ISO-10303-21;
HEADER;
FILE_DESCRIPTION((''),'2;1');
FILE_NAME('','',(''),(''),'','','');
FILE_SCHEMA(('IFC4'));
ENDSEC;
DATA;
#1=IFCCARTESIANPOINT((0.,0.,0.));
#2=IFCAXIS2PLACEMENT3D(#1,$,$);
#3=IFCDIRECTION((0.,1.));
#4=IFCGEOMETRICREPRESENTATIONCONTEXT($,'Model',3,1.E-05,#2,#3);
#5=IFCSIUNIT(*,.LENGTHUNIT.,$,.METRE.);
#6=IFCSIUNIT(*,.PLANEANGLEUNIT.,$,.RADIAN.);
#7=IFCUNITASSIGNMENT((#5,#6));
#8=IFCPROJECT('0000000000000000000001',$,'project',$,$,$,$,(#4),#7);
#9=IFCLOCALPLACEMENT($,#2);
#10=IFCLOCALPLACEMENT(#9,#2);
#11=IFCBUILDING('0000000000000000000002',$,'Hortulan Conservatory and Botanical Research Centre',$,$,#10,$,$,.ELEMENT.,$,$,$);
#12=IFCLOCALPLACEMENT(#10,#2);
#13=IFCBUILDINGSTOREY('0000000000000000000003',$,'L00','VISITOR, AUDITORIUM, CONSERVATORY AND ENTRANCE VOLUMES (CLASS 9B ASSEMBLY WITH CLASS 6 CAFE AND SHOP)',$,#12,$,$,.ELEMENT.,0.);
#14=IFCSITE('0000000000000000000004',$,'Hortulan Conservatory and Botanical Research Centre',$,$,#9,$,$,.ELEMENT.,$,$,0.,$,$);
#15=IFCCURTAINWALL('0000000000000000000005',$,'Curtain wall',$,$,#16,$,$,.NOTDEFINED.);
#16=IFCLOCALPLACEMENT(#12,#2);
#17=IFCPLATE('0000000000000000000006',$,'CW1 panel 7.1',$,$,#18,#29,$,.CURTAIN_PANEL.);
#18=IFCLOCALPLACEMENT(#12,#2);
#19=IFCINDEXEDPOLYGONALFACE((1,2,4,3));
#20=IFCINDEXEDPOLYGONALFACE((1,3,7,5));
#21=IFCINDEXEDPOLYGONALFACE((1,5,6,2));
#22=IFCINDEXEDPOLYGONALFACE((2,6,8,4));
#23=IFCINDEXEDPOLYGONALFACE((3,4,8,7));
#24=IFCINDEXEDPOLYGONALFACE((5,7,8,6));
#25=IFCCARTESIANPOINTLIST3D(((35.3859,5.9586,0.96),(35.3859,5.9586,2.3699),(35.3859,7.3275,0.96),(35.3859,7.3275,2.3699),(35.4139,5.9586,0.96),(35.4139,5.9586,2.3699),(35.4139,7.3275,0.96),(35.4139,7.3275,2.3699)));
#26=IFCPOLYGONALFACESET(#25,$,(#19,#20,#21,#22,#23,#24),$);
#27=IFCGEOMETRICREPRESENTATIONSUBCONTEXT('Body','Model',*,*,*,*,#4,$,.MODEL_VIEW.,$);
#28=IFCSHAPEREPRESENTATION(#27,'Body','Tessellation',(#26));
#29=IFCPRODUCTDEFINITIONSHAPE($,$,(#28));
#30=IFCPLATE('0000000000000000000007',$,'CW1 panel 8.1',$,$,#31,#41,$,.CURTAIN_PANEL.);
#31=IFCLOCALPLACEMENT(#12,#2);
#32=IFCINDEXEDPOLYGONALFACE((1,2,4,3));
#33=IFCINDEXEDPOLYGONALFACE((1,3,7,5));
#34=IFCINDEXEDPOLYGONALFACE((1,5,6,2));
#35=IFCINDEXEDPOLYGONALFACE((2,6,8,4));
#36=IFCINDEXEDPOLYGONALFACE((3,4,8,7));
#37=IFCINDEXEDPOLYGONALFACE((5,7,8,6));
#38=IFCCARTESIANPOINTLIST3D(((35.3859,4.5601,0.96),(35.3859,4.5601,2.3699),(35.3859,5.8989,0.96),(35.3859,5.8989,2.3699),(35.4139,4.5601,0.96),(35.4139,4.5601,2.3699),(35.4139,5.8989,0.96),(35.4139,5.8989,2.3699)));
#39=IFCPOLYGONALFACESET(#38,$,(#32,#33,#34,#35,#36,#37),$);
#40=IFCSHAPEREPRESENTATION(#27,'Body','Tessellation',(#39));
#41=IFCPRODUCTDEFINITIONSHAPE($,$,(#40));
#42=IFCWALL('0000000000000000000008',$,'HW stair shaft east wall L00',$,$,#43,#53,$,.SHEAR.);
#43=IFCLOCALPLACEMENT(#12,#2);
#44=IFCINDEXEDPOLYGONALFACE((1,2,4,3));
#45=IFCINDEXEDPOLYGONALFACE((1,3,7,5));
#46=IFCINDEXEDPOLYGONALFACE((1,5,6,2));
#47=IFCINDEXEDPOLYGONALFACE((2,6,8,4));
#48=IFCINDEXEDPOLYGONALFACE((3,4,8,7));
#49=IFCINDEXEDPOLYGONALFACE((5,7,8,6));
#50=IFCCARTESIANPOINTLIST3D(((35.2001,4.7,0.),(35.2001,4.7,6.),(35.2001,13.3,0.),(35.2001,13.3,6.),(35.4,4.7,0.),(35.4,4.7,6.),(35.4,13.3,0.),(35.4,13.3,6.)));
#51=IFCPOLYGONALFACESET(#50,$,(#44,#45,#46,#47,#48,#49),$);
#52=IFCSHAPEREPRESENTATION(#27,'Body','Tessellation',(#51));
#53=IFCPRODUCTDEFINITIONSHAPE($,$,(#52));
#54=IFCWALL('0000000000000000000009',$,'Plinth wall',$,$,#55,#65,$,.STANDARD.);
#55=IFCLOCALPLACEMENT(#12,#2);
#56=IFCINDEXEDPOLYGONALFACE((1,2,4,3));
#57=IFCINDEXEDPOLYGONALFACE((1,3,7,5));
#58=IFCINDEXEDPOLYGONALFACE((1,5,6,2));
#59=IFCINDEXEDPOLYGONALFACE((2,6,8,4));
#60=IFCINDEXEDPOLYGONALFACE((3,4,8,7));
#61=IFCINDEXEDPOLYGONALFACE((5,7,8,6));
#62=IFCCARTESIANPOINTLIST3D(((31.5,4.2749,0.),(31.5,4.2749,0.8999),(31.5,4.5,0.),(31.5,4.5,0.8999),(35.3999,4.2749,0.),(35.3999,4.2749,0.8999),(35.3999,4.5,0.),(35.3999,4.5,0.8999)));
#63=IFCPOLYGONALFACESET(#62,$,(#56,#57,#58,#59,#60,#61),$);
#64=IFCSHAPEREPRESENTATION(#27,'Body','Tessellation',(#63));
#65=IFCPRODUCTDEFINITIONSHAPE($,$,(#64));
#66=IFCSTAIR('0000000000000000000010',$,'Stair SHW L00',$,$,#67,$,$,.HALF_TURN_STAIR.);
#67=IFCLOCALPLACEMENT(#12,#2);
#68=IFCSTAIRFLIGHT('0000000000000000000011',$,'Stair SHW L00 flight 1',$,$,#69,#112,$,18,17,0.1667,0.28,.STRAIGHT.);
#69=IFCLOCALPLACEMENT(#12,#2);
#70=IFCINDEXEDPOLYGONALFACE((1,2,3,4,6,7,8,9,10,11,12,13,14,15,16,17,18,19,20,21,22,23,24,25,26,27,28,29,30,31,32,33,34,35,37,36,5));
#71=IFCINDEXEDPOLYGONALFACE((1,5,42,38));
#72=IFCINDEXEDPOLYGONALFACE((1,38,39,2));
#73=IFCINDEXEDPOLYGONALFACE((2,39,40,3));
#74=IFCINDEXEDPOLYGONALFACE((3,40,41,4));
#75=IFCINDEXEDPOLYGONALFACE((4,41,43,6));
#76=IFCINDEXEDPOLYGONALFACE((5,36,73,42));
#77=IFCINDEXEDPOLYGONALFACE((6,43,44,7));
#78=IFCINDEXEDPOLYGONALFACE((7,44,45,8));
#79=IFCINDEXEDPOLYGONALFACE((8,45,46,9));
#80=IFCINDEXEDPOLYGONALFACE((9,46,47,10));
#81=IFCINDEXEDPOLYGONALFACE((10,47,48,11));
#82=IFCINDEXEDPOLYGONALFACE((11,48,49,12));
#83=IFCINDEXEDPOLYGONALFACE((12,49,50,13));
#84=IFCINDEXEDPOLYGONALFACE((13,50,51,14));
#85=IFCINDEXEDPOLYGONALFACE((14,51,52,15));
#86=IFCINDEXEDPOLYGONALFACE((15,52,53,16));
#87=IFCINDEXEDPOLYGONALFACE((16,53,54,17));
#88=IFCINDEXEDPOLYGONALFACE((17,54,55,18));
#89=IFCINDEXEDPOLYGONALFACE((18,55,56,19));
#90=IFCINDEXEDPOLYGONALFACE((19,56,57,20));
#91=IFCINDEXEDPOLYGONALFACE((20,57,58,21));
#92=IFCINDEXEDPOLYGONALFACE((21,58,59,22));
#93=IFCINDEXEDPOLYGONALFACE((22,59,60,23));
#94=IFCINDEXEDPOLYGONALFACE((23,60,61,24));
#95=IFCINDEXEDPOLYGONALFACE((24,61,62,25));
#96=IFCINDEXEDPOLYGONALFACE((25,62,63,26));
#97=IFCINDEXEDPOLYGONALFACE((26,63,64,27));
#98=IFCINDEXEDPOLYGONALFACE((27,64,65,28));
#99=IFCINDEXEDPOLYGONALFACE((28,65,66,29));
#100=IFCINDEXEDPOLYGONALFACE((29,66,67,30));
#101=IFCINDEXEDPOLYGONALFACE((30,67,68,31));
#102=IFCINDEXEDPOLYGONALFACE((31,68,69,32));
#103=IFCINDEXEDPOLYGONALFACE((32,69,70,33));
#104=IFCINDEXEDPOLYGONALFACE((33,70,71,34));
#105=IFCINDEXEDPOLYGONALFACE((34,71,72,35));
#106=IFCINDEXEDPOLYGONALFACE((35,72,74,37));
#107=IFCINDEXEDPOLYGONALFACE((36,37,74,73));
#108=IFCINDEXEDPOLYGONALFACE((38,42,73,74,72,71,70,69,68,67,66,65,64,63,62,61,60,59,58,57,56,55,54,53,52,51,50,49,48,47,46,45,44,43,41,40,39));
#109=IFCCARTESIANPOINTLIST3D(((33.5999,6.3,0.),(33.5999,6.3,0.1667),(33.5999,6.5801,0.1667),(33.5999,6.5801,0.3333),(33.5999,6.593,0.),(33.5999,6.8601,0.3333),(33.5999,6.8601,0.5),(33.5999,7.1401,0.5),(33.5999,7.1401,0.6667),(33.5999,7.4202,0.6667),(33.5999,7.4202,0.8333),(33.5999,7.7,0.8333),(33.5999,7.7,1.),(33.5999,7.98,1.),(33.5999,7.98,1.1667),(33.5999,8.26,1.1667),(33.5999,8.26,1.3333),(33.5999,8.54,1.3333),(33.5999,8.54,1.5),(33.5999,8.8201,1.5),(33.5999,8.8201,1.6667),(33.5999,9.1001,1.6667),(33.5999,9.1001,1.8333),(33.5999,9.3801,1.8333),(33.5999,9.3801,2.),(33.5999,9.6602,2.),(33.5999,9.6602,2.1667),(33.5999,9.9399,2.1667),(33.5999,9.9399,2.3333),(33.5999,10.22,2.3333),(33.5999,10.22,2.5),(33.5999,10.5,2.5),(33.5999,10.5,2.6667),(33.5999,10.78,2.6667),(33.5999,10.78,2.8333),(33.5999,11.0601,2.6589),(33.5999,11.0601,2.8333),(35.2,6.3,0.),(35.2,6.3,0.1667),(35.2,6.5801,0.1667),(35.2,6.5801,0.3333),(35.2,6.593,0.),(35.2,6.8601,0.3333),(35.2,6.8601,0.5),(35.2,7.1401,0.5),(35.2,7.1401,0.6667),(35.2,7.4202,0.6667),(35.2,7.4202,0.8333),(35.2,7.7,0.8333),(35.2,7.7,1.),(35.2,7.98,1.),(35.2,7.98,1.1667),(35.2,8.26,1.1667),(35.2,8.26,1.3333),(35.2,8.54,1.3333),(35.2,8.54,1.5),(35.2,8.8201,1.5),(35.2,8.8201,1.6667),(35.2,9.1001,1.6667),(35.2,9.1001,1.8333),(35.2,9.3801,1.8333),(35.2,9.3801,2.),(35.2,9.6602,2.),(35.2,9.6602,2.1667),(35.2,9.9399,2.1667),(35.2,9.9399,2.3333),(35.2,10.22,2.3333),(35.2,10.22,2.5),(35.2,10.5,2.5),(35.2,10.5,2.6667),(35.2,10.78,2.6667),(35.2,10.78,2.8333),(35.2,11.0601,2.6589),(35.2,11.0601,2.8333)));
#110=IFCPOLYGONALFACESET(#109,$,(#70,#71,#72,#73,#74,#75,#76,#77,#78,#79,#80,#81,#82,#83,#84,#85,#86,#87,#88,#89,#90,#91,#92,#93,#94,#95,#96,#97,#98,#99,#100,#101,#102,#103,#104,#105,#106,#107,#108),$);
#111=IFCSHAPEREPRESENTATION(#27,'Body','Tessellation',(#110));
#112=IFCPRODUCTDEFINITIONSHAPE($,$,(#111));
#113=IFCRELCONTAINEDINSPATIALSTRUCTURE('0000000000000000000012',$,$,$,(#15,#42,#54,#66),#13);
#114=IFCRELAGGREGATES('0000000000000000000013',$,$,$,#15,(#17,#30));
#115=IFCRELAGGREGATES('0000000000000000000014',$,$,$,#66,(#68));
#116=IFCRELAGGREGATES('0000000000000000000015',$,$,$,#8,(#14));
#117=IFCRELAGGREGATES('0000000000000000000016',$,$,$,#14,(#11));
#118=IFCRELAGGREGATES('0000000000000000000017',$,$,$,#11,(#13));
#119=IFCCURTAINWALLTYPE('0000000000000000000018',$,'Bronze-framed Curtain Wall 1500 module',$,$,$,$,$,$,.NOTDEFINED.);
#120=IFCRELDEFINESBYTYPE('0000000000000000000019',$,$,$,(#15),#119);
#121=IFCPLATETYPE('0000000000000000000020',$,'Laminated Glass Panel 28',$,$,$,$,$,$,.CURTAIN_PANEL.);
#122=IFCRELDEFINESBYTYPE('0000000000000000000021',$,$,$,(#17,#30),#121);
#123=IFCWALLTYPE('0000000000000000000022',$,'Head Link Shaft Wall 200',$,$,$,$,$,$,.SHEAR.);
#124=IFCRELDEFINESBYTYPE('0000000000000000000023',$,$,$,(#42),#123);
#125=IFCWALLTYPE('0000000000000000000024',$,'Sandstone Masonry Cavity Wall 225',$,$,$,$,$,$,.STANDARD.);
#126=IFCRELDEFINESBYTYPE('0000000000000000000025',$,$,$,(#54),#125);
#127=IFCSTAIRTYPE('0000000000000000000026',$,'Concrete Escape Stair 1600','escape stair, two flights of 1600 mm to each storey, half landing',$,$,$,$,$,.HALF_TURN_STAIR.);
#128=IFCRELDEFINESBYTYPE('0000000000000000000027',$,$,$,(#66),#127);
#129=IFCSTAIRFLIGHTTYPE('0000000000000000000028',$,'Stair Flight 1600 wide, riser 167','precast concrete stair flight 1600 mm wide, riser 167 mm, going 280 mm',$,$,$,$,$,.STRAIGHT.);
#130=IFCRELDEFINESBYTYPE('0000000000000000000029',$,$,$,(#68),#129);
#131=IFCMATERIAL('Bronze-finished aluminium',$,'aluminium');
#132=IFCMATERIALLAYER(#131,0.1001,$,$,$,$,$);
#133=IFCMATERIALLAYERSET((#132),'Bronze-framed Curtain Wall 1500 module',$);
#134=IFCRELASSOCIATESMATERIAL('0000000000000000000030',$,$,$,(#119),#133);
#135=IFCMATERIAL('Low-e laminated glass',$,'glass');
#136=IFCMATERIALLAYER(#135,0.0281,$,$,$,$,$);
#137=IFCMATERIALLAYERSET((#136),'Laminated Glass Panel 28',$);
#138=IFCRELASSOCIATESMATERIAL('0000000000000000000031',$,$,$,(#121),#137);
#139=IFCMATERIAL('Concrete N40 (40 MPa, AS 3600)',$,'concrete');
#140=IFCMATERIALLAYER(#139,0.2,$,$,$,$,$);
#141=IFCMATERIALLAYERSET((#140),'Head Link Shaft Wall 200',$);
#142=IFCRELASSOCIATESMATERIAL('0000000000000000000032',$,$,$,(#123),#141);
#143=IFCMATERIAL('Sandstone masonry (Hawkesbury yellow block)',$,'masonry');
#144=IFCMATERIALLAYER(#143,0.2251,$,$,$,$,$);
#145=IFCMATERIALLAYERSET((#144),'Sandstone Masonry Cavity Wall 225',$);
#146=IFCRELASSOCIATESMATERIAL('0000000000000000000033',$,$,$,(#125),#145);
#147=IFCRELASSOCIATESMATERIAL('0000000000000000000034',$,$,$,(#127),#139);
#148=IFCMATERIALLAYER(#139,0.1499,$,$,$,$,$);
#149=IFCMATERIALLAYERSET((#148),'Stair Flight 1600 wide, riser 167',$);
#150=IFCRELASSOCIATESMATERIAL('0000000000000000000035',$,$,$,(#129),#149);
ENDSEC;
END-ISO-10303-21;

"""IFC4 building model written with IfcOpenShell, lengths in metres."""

from ifc_helpers import new_model, si_unit, direction, frame, frame_2d, origin, origin_2d, place, context, subcontext, project, spatial, polyline, rectangle, outline, extrude, material, layer, layer_set, type_object, element, aggregate, save


model = new_model("IFC4")

# Units and contexts
model_context = context("Model", 3, precision=1e-05, world=origin(), true_north=direction((0.0, 1.0)))
body_context = subcontext(model_context, "Body", "Model", "MODEL_VIEW")
ifc_project = project(units=[si_unit("LENGTHUNIT", "METRE"), si_unit("PLANEANGLEUNIT", "RADIAN")], contexts=[model_context])

# Site, building, storey
site_placement = place(None, origin())
site = spatial("IfcSite", under=ifc_project, at=site_placement, Name="Hortulan Conservatory and Botanical Research Centre", CompositionType="ELEMENT", RefElevation=0.0)
building_placement = place(site_placement, origin())
building = spatial("IfcBuilding", under=site, at=building_placement, Name="Hortulan Conservatory and Botanical Research Centre", CompositionType="ELEMENT")
storey_placement = place(building_placement, origin())
storey = spatial("IfcBuildingStorey", under=building, at=storey_placement, Name="L00", Description="VISITOR, AUDITORIUM, CONSERVATORY AND ENTRANCE VOLUMES (CLASS 9B ASSEMBLY WITH CLASS 6 CAFE AND SHOP)", CompositionType="ELEMENT", Elevation=0.0)

# Curtain wall
ifc_material_1 = material(Name="Bronze-finished aluminium", Category="aluminium")
ifc_layer_1 = layer(ifc_material_1, 0.1001)
ifc_layer_set_1 = layer_set([ifc_layer_1], Name="Bronze-framed Curtain Wall 1500 module")
curtain_wall_type = type_object("IfcCurtainWallType", Name="Bronze-framed Curtain Wall 1500 module", PredefinedType="NOTDEFINED", material=ifc_layer_set_1)
curtain_wall_1_placement = place(storey_placement, origin())
curtain_wall_1 = element("IfcCurtainWall", 1, at=curtain_wall_1_placement, inside=storey, type_object=curtain_wall_type, Name="Curtain wall", PredefinedType="NOTDEFINED")

# Plates
ifc_material_2 = material(Name="Low-e laminated glass", Category="glass")
ifc_layer_2 = layer(ifc_material_2, 0.0281)
ifc_layer_set_2 = layer_set([ifc_layer_2], Name="Laminated Glass Panel 28")
plate_type = type_object("IfcPlateType", Name="Laminated Glass Panel 28", PredefinedType="CURTAIN_PANEL", material=ifc_layer_set_2)
plate_1_placement = place(storey_placement, frame((35.3999, 6.6431, 0.96), z_axis=(0.0, 0.0, 1.0), x_axis=(0.0, -1.0, 0.0)))
plate_1 = element("IfcPlate", 2, at=plate_1_placement, type_object=plate_type, Name="CW1 panel 7.1", PredefinedType="CURTAIN_PANEL", context=body_context, shape_type="SweptSolid", body=[
    extrude(rectangle(XDim=1.3689, YDim=0.0281, at=origin_2d()), origin(), (0.0, 0.0, 1.0), 1.4099),
])
plate_2_placement = place(storey_placement, frame((35.3999, 5.2295, 0.96), z_axis=(0.0, 0.0, 1.0), x_axis=(0.0, -1.0, 0.0)))
plate_2 = element("IfcPlate", 3, at=plate_2_placement, type_object=plate_type, Name="CW1 panel 8.1", PredefinedType="CURTAIN_PANEL", context=body_context, shape_type="SweptSolid", body=[
    extrude(rectangle(XDim=1.3389, YDim=0.0281, at=origin_2d()), origin(), (0.0, 0.0, 1.0), 1.4099),
])
aggregate(curtain_wall_1, [plate_1, plate_2])

# Walls
ifc_material_3 = material(Name="Concrete N40 (40 MPa, AS 3600)", Category="concrete")
ifc_layer_3 = layer(ifc_material_3, 0.2)
ifc_layer_set_3 = layer_set([ifc_layer_3], Name="Head Link Shaft Wall 200")
wall_type_1 = type_object("IfcWallType", Name="Head Link Shaft Wall 200", PredefinedType="SHEAR", material=ifc_layer_set_3)
wall_1_placement = place(storey_placement, frame((35.3, 4.7, 0.0), z_axis=(0.0, 0.0, 1.0), x_axis=(0.0, 1.0, 0.0)))
element("IfcWall", 4, at=wall_1_placement, inside=storey, type_object=wall_type_1, Name="HW stair shaft east wall L00", PredefinedType="SHEAR", context=body_context, shape_type="SweptSolid", body=[
    extrude(rectangle(XDim=8.6001, YDim=0.2, at=frame_2d((4.3, 0.0))), origin(), (0.0, 0.0, 1.0), 6.0),
])
ifc_material_4 = material(Name="Sandstone masonry (Hawkesbury yellow block)", Category="masonry")
ifc_layer_4 = layer(ifc_material_4, 0.2251)
ifc_layer_set_4 = layer_set([ifc_layer_4], Name="Sandstone Masonry Cavity Wall 225")
wall_type_2 = type_object("IfcWallType", Name="Sandstone Masonry Cavity Wall 225", PredefinedType="STANDARD", material=ifc_layer_set_4)
wall_2_placement = place(storey_placement, frame((35.3999, 4.3875, 0.0), z_axis=(0.0, 0.0, 1.0), x_axis=(-1.0, 0.0, 0.0)))
element("IfcWall", 5, at=wall_2_placement, inside=storey, type_object=wall_type_2, Name="Plinth wall", PredefinedType="STANDARD", context=body_context, shape_type="SweptSolid", body=[
    extrude(rectangle(XDim=3.8999, YDim=0.2251, at=frame_2d((1.95, 0.0))), origin(), (0.0, 0.0, 1.0), 0.8999),
])

# Stair, stair flight
stair_type = type_object("IfcStairType", Name="Concrete Escape Stair 1600", Description="escape stair, two flights of 1600 mm to each storey, half landing", PredefinedType="HALF_TURN_STAIR", material=ifc_material_3)
stair_placement = place(storey_placement, origin())
stair = element("IfcStair", 6, at=stair_placement, inside=storey, type_object=stair_type, Name="Stair SHW L00", PredefinedType="HALF_TURN_STAIR")
ifc_layer_5 = layer(ifc_material_3, 0.1499)
ifc_layer_set_5 = layer_set([ifc_layer_5], Name="Stair Flight 1600 wide, riser 167")
stair_flight_type = type_object("IfcStairFlightType", Name="Stair Flight 1600 wide, riser 167", Description="precast concrete stair flight 1600 mm wide, riser 167 mm, going 280 mm", PredefinedType="STRAIGHT", material=ifc_layer_set_5)
stair_flight_placement = place(storey_placement, frame((34.3999, 6.3, 0.0), z_axis=(0.0, 0.0, 1.0), x_axis=(0.0, 1.0, 0.0)))
stair_flight = element("IfcStairFlight", 7, at=stair_flight_placement, type_object=stair_flight_type, Name="Stair SHW L00 flight 1", NumberOfRisers=18, NumberOfTreads=17, PredefinedType="STRAIGHT", RiserHeight=0.1667, TreadLength=0.28, context=body_context, shape_type="SweptSolid", body=[
    extrude(outline(polyline([(0.0, 0.0), (0.0, 0.1667), (0.28, 0.1667), (0.28, 0.3333), (0.5601, 0.3333), (0.5601, 0.5), (0.8401, 0.5), (0.8401, 0.6667), (1.1201, 0.6667), (1.1201, 0.8333), (1.3999, 0.8333), (1.3999, 1.0), (1.6799, 1.0), (1.6799, 1.1667), (1.96, 1.1667), (1.96, 1.3333), (2.24, 1.3333), (2.24, 1.5), (2.52, 1.5), (2.52, 1.6667), (2.8, 1.6667), (2.8, 1.8333), (3.0801, 1.8333), (3.0801, 2.0), (3.3601, 2.0), (3.3601, 2.1667), (3.6399, 2.1667), (3.6399, 2.3333), (3.9199, 2.3333), (3.9199, 2.5), (4.2, 2.5), (4.2, 2.6667), (4.48, 2.6667), (4.48, 2.8333), (4.76, 2.8333), (4.76, 3.0), (4.76, 2.6589), (0.293, 0.0), (0.0, 0.0)])), frame((0.0, 0.8, 0.0), z_axis=(0.0, -1.0, 0.0), x_axis=(1.0, 0.0, 0.0)), (0.0, 0.0, 1.0), 1.6001),
])
aggregate(stair, [stair_flight])

save(model, "model.ifc")
